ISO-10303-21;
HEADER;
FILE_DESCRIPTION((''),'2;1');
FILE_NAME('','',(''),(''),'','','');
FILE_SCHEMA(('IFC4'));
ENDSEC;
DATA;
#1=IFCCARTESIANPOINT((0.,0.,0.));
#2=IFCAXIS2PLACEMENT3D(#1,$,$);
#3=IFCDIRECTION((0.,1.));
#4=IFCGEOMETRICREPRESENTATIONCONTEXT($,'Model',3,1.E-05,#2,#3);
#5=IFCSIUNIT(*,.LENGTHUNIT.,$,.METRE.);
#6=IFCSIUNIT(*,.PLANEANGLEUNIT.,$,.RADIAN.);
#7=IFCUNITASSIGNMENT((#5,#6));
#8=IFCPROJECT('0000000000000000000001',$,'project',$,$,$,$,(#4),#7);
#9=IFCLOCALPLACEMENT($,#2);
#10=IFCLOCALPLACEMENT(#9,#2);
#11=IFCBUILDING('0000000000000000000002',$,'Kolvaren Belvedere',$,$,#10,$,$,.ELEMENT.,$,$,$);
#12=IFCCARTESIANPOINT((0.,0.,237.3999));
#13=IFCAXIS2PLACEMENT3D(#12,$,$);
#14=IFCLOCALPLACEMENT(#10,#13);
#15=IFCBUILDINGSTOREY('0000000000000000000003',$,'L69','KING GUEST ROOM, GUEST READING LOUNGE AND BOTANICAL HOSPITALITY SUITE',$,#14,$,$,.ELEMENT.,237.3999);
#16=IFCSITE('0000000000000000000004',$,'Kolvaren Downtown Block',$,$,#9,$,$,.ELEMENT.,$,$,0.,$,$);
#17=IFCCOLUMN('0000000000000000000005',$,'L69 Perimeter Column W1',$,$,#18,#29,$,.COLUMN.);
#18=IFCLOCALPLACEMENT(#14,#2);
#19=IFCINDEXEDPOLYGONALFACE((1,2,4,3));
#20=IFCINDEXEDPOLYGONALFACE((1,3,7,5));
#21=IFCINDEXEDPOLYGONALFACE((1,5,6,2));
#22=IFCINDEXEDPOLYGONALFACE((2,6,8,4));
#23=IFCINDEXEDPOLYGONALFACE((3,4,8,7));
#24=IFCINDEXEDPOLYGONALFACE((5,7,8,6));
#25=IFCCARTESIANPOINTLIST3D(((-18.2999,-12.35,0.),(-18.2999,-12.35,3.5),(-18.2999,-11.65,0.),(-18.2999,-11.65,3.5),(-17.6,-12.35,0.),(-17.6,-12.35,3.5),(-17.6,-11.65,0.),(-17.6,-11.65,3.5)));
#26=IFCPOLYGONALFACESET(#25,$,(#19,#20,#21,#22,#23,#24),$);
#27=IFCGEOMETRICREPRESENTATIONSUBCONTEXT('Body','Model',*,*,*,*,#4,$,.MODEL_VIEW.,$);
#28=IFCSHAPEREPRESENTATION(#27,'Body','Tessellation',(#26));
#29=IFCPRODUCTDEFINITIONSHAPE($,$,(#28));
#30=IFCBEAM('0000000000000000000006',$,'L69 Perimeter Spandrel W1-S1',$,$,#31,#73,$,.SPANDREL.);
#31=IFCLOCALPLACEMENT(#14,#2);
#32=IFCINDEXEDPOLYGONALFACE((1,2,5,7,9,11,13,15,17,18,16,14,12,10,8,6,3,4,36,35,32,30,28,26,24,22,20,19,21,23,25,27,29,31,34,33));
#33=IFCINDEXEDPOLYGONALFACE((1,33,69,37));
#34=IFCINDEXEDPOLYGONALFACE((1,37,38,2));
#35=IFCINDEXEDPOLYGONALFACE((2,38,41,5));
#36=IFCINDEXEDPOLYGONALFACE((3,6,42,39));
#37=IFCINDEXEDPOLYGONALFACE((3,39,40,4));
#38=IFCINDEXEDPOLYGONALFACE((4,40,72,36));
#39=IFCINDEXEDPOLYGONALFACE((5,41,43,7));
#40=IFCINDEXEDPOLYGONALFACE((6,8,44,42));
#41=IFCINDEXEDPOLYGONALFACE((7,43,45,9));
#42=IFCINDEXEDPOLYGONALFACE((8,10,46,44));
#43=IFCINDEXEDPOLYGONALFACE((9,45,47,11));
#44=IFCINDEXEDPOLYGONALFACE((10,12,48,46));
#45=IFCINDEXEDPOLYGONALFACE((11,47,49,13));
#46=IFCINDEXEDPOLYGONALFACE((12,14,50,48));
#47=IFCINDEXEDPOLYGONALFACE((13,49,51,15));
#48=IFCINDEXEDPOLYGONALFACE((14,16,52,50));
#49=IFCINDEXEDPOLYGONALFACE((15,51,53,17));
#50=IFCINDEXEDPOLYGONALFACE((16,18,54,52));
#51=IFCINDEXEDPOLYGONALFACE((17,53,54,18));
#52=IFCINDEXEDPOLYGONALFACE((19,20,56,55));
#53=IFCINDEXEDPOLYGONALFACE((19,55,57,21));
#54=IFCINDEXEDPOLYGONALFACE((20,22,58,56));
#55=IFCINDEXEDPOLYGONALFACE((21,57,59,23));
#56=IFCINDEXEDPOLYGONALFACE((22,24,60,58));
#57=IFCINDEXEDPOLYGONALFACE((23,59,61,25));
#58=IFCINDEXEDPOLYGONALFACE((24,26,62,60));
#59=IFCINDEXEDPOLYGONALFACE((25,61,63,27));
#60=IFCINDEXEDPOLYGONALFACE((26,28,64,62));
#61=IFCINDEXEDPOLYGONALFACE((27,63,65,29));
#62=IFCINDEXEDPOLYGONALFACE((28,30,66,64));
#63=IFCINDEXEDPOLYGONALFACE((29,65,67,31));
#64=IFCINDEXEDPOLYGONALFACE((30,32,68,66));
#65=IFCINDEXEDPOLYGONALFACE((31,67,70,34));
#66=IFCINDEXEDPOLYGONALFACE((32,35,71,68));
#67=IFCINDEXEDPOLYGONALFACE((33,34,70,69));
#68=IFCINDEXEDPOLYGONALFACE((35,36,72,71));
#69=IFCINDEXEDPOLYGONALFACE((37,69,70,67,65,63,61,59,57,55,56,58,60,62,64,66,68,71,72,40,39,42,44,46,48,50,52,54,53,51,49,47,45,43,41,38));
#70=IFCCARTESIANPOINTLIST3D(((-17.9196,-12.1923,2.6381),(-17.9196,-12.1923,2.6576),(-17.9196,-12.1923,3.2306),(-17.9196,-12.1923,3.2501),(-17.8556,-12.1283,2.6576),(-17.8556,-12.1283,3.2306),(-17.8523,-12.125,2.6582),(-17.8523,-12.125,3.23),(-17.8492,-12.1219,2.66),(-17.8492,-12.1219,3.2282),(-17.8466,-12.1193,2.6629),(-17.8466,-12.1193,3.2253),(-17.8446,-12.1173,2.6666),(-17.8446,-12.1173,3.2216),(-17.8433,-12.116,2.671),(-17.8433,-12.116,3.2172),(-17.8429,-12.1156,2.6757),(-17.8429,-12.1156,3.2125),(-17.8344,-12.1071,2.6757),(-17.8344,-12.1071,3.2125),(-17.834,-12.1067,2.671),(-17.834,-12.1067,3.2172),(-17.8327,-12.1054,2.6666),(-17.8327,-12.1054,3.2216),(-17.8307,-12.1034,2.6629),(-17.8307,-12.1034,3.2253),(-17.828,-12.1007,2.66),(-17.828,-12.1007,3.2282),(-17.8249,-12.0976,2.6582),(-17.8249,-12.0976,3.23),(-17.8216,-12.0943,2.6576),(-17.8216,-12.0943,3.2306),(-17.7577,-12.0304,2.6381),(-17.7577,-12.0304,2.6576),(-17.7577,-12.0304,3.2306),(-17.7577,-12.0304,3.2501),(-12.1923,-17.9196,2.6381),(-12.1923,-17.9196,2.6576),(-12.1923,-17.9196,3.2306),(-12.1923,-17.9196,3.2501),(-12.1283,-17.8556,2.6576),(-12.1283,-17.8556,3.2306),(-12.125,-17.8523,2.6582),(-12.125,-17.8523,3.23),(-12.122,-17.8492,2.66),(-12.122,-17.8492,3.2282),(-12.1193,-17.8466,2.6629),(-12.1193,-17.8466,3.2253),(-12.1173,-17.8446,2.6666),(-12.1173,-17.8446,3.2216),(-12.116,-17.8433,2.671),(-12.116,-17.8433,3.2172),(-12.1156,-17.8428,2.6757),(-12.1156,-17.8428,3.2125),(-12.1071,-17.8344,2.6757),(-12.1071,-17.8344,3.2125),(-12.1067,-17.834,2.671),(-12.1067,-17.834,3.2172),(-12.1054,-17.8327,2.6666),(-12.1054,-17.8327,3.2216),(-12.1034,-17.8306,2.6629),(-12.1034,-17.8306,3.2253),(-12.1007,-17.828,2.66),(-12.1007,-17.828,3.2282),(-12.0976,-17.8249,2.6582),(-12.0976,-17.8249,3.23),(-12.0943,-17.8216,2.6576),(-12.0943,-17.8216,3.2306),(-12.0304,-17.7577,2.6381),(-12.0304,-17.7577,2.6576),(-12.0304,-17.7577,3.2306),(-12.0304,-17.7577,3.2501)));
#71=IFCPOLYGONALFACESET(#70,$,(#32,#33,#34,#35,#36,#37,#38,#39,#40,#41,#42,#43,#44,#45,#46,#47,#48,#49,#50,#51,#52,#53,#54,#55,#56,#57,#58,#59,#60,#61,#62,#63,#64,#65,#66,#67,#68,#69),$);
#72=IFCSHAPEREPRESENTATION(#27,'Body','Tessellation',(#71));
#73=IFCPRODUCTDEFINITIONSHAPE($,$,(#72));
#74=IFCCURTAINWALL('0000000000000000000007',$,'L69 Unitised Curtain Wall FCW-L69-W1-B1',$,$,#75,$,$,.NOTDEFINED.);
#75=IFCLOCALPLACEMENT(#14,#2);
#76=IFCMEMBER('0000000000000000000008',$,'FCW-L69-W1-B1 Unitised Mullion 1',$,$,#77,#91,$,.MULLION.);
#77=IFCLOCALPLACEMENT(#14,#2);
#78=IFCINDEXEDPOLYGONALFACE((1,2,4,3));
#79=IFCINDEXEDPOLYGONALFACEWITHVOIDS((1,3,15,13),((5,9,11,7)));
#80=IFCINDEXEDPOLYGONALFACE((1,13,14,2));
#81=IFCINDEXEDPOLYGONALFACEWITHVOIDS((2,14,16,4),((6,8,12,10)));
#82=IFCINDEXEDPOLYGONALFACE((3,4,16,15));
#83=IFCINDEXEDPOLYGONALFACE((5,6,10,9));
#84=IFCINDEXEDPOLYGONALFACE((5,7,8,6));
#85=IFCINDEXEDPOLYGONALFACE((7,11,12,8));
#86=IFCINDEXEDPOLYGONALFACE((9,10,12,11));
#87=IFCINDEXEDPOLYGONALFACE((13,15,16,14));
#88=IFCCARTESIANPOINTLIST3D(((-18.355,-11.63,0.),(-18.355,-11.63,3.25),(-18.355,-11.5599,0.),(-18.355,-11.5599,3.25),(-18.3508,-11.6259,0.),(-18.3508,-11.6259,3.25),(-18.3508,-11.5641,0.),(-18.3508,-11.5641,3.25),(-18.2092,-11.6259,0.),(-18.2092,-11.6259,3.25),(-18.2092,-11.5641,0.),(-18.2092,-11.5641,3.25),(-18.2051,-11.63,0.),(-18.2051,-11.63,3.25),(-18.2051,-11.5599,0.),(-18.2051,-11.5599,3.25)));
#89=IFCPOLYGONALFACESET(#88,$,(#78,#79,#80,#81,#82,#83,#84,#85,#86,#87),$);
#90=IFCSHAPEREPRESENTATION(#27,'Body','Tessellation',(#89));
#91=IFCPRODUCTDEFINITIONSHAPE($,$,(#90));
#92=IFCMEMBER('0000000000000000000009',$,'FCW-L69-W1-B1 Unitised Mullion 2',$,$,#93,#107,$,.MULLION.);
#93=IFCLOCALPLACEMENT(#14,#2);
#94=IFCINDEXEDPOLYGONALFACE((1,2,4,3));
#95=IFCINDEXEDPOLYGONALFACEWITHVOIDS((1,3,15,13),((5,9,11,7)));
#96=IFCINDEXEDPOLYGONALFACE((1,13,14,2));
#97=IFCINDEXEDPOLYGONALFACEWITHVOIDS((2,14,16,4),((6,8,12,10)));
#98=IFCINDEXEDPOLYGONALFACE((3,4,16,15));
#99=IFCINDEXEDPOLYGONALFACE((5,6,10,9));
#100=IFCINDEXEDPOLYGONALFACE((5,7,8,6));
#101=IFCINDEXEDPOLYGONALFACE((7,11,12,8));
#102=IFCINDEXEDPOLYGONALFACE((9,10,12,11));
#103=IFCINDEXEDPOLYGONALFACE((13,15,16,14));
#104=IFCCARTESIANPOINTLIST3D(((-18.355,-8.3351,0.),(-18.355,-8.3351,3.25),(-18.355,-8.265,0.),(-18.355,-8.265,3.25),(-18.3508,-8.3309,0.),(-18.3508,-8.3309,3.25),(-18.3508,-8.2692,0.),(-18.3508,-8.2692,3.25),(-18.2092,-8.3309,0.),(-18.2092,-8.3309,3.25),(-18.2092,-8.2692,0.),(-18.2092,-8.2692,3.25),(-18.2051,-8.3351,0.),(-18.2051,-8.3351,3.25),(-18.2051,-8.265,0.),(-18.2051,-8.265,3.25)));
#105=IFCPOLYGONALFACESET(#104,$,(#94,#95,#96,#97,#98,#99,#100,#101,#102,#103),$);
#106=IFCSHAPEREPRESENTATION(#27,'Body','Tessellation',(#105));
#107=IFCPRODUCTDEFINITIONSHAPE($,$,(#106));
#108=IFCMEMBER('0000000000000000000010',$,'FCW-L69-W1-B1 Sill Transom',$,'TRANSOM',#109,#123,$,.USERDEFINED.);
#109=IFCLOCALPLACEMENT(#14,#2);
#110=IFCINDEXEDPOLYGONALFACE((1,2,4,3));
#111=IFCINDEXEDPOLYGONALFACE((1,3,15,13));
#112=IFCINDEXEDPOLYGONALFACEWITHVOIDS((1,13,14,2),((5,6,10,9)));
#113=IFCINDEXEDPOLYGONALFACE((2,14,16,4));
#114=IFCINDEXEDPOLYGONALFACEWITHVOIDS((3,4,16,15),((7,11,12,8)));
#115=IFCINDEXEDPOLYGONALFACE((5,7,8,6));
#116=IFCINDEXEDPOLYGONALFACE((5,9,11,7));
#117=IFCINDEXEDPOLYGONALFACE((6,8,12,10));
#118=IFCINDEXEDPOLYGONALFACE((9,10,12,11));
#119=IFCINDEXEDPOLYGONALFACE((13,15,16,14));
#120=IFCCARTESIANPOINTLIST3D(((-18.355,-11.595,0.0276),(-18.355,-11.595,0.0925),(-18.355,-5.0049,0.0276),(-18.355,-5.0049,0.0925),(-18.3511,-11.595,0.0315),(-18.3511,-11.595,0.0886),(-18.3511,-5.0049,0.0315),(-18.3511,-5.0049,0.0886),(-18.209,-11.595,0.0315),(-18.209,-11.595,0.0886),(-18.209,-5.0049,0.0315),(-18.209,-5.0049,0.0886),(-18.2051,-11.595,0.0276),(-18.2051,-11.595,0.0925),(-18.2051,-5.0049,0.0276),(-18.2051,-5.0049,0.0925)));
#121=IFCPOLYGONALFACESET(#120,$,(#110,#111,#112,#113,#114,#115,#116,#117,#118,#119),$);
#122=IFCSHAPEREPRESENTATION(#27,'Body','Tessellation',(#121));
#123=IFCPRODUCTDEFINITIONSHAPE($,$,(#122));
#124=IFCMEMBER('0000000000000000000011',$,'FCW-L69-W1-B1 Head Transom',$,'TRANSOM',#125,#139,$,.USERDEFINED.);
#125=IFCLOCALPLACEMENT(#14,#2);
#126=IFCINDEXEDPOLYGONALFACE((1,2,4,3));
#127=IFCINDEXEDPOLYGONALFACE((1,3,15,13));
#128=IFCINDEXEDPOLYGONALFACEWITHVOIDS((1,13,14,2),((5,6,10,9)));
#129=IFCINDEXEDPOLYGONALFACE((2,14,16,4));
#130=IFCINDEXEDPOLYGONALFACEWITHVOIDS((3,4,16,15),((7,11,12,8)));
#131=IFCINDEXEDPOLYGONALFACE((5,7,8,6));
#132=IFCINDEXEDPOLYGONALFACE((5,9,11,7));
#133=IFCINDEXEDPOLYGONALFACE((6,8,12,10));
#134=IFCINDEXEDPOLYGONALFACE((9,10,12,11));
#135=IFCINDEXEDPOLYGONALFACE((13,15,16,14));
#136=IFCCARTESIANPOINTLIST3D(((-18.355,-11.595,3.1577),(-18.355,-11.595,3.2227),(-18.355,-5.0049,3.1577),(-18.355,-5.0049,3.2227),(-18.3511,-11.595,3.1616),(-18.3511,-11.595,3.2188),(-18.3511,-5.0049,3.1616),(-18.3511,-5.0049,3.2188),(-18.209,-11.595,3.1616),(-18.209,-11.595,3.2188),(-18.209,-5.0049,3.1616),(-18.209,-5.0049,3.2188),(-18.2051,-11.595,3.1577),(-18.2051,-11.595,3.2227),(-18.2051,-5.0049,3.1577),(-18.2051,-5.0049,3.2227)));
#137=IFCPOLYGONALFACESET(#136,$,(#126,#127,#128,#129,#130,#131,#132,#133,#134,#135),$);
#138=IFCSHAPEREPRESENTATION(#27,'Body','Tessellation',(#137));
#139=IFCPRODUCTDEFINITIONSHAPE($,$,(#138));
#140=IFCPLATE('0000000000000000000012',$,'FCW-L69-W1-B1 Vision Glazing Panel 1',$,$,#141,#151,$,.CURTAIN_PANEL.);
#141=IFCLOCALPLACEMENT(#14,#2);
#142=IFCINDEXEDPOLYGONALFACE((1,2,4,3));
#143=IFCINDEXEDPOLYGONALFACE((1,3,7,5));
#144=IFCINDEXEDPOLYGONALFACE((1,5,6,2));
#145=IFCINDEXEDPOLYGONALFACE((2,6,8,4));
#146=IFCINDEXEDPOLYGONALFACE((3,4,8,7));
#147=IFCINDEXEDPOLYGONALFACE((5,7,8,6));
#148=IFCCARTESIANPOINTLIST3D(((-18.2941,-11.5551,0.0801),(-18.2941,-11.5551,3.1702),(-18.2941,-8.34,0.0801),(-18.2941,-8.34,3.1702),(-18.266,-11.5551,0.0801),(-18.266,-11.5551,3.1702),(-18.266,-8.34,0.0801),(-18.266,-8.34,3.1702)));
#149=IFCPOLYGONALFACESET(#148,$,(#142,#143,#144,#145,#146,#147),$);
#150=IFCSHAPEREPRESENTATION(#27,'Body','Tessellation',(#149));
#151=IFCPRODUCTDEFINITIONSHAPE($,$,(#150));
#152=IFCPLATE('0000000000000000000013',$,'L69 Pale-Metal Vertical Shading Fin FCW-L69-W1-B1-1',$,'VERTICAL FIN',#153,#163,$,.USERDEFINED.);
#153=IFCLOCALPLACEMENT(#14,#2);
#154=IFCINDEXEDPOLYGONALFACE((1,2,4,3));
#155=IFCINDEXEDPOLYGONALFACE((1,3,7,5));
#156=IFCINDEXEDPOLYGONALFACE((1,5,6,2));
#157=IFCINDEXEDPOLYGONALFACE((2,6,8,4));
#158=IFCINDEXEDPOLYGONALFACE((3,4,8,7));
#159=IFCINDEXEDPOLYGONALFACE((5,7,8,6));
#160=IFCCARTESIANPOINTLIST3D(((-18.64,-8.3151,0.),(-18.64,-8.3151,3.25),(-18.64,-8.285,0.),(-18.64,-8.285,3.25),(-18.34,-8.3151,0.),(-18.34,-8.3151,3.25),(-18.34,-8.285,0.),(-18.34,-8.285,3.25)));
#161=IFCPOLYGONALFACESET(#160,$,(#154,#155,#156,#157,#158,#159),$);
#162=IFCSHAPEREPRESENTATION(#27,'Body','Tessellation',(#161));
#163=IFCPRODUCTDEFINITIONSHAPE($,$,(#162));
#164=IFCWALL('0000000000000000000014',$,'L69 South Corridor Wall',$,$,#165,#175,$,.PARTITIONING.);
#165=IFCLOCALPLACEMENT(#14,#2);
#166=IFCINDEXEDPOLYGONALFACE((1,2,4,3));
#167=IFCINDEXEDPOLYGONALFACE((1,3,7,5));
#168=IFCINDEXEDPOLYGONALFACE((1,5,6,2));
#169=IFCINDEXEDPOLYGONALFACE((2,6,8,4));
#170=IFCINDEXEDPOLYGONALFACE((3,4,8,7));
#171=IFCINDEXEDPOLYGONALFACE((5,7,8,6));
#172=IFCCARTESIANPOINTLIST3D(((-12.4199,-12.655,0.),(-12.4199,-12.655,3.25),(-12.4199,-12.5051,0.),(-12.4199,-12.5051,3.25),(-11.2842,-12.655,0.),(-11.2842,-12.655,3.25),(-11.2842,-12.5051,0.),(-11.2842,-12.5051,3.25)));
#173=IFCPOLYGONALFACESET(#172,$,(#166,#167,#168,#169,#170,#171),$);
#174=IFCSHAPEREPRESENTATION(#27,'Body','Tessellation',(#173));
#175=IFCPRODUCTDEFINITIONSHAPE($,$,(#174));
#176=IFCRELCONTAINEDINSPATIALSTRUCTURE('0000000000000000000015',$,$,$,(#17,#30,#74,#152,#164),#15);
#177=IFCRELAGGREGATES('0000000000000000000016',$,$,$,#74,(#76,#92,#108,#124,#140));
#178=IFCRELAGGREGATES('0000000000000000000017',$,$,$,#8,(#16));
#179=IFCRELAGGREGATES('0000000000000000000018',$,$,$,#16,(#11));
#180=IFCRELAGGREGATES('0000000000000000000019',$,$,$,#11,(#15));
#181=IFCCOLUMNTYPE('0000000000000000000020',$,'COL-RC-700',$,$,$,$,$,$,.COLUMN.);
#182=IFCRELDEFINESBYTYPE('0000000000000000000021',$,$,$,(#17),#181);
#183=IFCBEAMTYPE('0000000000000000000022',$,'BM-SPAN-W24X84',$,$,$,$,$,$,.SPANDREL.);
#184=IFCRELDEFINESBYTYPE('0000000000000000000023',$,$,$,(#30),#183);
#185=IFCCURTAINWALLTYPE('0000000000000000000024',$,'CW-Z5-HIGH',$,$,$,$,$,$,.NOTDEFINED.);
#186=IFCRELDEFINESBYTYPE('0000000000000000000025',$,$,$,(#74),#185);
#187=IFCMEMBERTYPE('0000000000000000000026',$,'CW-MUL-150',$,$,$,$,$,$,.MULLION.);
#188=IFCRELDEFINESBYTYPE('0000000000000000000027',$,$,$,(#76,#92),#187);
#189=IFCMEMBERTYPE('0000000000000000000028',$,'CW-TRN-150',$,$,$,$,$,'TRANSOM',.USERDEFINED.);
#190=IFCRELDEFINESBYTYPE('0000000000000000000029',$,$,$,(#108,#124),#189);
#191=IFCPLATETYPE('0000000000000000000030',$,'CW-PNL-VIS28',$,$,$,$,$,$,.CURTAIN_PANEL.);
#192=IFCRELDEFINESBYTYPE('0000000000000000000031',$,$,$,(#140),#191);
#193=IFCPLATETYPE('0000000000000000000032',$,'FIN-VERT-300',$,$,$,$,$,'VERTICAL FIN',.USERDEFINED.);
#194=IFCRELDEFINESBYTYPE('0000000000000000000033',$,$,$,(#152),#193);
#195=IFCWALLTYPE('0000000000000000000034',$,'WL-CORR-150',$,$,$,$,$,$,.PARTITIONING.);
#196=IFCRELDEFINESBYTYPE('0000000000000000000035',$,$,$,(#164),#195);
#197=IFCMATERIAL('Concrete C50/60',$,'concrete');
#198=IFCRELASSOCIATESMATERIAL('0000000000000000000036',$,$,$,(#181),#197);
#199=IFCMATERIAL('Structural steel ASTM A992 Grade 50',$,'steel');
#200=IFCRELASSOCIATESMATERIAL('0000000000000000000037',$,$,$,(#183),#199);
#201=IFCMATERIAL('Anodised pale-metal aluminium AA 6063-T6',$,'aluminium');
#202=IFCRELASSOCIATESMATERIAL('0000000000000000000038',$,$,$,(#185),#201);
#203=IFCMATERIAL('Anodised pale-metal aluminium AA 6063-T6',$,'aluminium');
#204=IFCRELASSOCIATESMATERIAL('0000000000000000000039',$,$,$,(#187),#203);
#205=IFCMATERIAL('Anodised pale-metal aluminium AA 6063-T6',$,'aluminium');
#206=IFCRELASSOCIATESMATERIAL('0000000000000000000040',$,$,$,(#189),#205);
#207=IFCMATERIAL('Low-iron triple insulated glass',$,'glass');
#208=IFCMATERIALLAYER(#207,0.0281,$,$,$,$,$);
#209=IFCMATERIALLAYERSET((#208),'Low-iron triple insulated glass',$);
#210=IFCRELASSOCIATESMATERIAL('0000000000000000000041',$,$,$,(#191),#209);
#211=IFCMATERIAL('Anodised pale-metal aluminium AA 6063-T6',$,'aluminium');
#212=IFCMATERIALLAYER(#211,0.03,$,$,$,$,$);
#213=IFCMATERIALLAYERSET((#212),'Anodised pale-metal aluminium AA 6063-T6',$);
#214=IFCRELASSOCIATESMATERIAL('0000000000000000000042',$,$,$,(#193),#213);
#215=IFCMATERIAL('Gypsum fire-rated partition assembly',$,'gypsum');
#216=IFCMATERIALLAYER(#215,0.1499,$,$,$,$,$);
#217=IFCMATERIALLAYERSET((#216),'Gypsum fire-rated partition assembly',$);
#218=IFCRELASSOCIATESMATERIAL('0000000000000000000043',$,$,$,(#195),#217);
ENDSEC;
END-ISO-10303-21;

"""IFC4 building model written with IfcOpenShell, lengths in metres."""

from ifc_helpers import new_model, si_unit, direction, frame, frame_2d, origin, origin_2d, place, context, subcontext, project, spatial, rectangle, hollow_rectangle, i_section, extrude, material, layer, layer_set, material_profile, profile_set, type_object, element, aggregate, save


model = new_model("IFC4")

# Units and contexts
model_context = context("Model", 3, precision=1e-05, world=origin(), true_north=direction((0.0, 1.0)))
body_context = subcontext(model_context, "Body", "Model", "MODEL_VIEW")
ifc_project = project(units=[si_unit("LENGTHUNIT", "METRE"), si_unit("PLANEANGLEUNIT", "RADIAN")], contexts=[model_context])

# Site, building, storey
site_placement = place(None, origin())
site = spatial("IfcSite", under=ifc_project, at=site_placement, Name="Kolvaren Downtown Block", CompositionType="ELEMENT", RefElevation=0.0)
building_placement = place(site_placement, origin())
building = spatial("IfcBuilding", under=site, at=building_placement, Name="Kolvaren Belvedere", CompositionType="ELEMENT")
storey_placement = place(building_placement, frame((0.0, 0.0, 237.3999)))
storey = spatial("IfcBuildingStorey", under=building, at=storey_placement, Name="L69", Description="KING GUEST ROOM, GUEST READING LOUNGE AND BOTANICAL HOSPITALITY SUITE", CompositionType="ELEMENT", Elevation=237.3999)

# Column
ifc_material_1 = material(Name="Concrete C50/60", Category="concrete")
ifc_material_profile_1 = material_profile(ifc_material_1, rectangle(XDim=0.7, YDim=0.7, at=origin_2d()), Name="RC 700X700")
ifc_profile_set_1 = profile_set([ifc_material_profile_1], Name="Concrete C50/60")
column_type = type_object("IfcColumnType", Name="COL-RC-700", PredefinedType="COLUMN", material=ifc_profile_set_1)
column_placement = place(storey_placement, frame((-17.95, -12.0, 0.0), z_axis=(0.0, 0.0, 1.0), x_axis=(1.0, 0.0, 0.0)))
element("IfcColumn", 1, at=column_placement, inside=storey, type_object=column_type, Name="L69 Perimeter Column W1", PredefinedType="COLUMN", context=body_context, shape_type="SweptSolid", body=[
    extrude(rectangle(XDim=0.7, YDim=0.7, at=origin_2d()), origin(), (0.0, 0.0, 1.0), 3.5),
])

# Beam
ifc_material_2 = material(Name="Structural steel ASTM A992 Grade 50", Category="steel")
ifc_material_profile_2 = material_profile(ifc_material_2, i_section(OverallWidth=0.229, OverallDepth=0.6121, WebThickness=0.012, FlangeThickness=0.0195, FilletRadius=0.0181, at=origin_2d()), Name="W24X84")
ifc_profile_set_2 = profile_set([ifc_material_profile_2], Name="Structural steel ASTM A992 Grade 50")
beam_type = type_object("IfcBeamType", Name="BM-SPAN-W24X84", PredefinedType="SPANDREL", material=ifc_profile_set_2)
beam_placement = place(storey_placement, frame((-17.8386, -12.1113, 2.9441), z_axis=(0.707107, -0.707107, 0.0), x_axis=(0.707107, 0.707107, 0.0)))
element("IfcBeam", 2, at=beam_placement, inside=storey, type_object=beam_type, Name="L69 Perimeter Spandrel W1-S1", PredefinedType="SPANDREL", context=body_context, shape_type="SweptSolid", body=[
    extrude(i_section(OverallWidth=0.229, OverallDepth=0.6121, WebThickness=0.012, FlangeThickness=0.0195, FilletRadius=0.0181, at=origin_2d()), origin(), (0.0, 0.0, 1.0), 8.0996),
])

# Curtain wall, members, plate
ifc_material_3 = material(Name="Anodised pale-metal aluminium AA 6063-T6", Category="aluminium")
curtain_wall_type = type_object("IfcCurtainWallType", Name="CW-Z5-HIGH", PredefinedType="NOTDEFINED", material=ifc_material_3)
curtain_wall_placement = place(storey_placement, origin())
curtain_wall = element("IfcCurtainWall", 3, at=curtain_wall_placement, inside=storey, type_object=curtain_wall_type, Name="L69 Unitised Curtain Wall FCW-L69-W1-B1", PredefinedType="NOTDEFINED")
ifc_material_4 = material(Name="Anodised pale-metal aluminium AA 6063-T6", Category="aluminium")
ifc_material_profile_3 = material_profile(ifc_material_4, hollow_rectangle(XDim=0.0701, YDim=0.1499, WallThickness=0.0042, at=origin_2d()), Name="ALU-MUL-150X70")
ifc_profile_set_3 = profile_set([ifc_material_profile_3], Name="Anodised pale-metal aluminium AA 6063-T6")
member_type_1 = type_object("IfcMemberType", Name="CW-MUL-150", PredefinedType="MULLION", material=ifc_profile_set_3)
member_1_placement = place(storey_placement, frame((-18.28, -11.595, 0.0), z_axis=(0.0, 0.0, 1.0), x_axis=(0.0, 1.0, 0.0)))
member_1 = element("IfcMember", 4, at=member_1_placement, type_object=member_type_1, Name="FCW-L69-W1-B1 Unitised Mullion 1", PredefinedType="MULLION", context=body_context, shape_type="SweptSolid", body=[
    extrude(hollow_rectangle(XDim=0.0701, YDim=0.1499, WallThickness=0.0042, at=origin_2d()), origin(), (0.0, 0.0, 1.0), 3.25),
])
member_2_placement = place(storey_placement, frame((-18.28, -8.3, 0.0), z_axis=(0.0, 0.0, 1.0), x_axis=(0.0, 1.0, 0.0)))
member_2 = element("IfcMember", 5, at=member_2_placement, type_object=member_type_1, Name="FCW-L69-W1-B1 Unitised Mullion 2", PredefinedType="MULLION", context=body_context, shape_type="SweptSolid", body=[
    extrude(hollow_rectangle(XDim=0.0701, YDim=0.1499, WallThickness=0.0042, at=origin_2d()), origin(), (0.0, 0.0, 1.0), 3.25),
])
ifc_material_5 = material(Name="Anodised pale-metal aluminium AA 6063-T6", Category="aluminium")
ifc_material_profile_4 = material_profile(ifc_material_5, hollow_rectangle(XDim=0.0649, YDim=0.1499, WallThickness=0.0039, at=origin_2d()), Name="ALU-TRN-150X65")
ifc_profile_set_4 = profile_set([ifc_material_profile_4], Name="Anodised pale-metal aluminium AA 6063-T6")
member_type_2 = type_object("IfcMemberType", Name="CW-TRN-150", ElementType="TRANSOM", PredefinedType="USERDEFINED", material=ifc_profile_set_4)
member_3_placement = place(storey_placement, frame((-18.28, -11.595, 0.0601), z_axis=(0.0, 1.0, 0.0), x_axis=(0.0, 0.0, 1.0)))
member_3 = element("IfcMember", 6, at=member_3_placement, type_object=member_type_2, Name="FCW-L69-W1-B1 Sill Transom", ObjectType="TRANSOM", PredefinedType="USERDEFINED", context=body_context, shape_type="SweptSolid", body=[
    extrude(hollow_rectangle(XDim=0.0649, YDim=0.1499, WallThickness=0.0039, at=origin_2d()), origin(), (0.0, 0.0, 1.0), 6.5901),
])
member_4_placement = place(storey_placement, frame((-18.28, -11.595, 3.1902), z_axis=(0.0, 1.0, 0.0), x_axis=(0.0, 0.0, 1.0)))
member_4 = element("IfcMember", 7, at=member_4_placement, type_object=member_type_2, Name="FCW-L69-W1-B1 Head Transom", ObjectType="TRANSOM", PredefinedType="USERDEFINED", context=body_context, shape_type="SweptSolid", body=[
    extrude(hollow_rectangle(XDim=0.0649, YDim=0.1499, WallThickness=0.0039, at=origin_2d()), origin(), (0.0, 0.0, 1.0), 6.5901),
])
ifc_material_6 = material(Name="Low-iron triple insulated glass", Category="glass")
ifc_layer_1 = layer(ifc_material_6, 0.0281)
ifc_layer_set_1 = layer_set([ifc_layer_1], Name="Low-iron triple insulated glass")
plate_type_1 = type_object("IfcPlateType", Name="CW-PNL-VIS28", PredefinedType="CURTAIN_PANEL", material=ifc_layer_set_1)
plate_1_placement = place(storey_placement, frame((-18.28, -9.9475, 0.0801), z_axis=(0.0, 0.0, 1.0), x_axis=(0.0, 1.0, 0.0)))
plate_1 = element("IfcPlate", 8, at=plate_1_placement, type_object=plate_type_1, Name="FCW-L69-W1-B1 Vision Glazing Panel 1", PredefinedType="CURTAIN_PANEL", context=body_context, shape_type="SweptSolid", body=[
    extrude(rectangle(XDim=3.2151, YDim=0.0281, at=origin_2d()), origin(), (0.0, 0.0, 1.0), 3.0901),
])
aggregate(curtain_wall, [member_1, member_2, member_3, member_4, plate_1])

# Plate
ifc_material_7 = material(Name="Anodised pale-metal aluminium AA 6063-T6", Category="aluminium")
ifc_layer_2 = layer(ifc_material_7, 0.03)
ifc_layer_set_2 = layer_set([ifc_layer_2], Name="Anodised pale-metal aluminium AA 6063-T6")
plate_type_2 = type_object("IfcPlateType", Name="FIN-VERT-300", ElementType="VERTICAL FIN", PredefinedType="USERDEFINED", material=ifc_layer_set_2)
plate_2_placement = place(storey_placement, frame((-18.49, -8.3, 0.0), z_axis=(0.0, 0.0, 1.0), x_axis=(1.0, 0.0, 0.0)))
element("IfcPlate", 9, at=plate_2_placement, inside=storey, type_object=plate_type_2, Name="L69 Pale-Metal Vertical Shading Fin FCW-L69-W1-B1-1", ObjectType="VERTICAL FIN", PredefinedType="USERDEFINED", context=body_context, shape_type="SweptSolid", body=[
    extrude(rectangle(XDim=0.3, YDim=0.03, at=origin_2d()), origin(), (0.0, 0.0, 1.0), 3.25),
])

# Wall
ifc_material_8 = material(Name="Gypsum fire-rated partition assembly", Category="gypsum")
ifc_layer_3 = layer(ifc_material_8, 0.1499)
ifc_layer_set_3 = layer_set([ifc_layer_3], Name="Gypsum fire-rated partition assembly")
wall_type_1 = type_object("IfcWallType", Name="WL-CORR-150", PredefinedType="PARTITIONING", material=ifc_layer_set_3)
wall_1_placement = place(storey_placement, frame((-12.4199, -12.5801, 0.0), z_axis=(0.0, 0.0, 1.0), x_axis=(1.0, 0.0, 0.0)))
element("IfcWall", 10, at=wall_1_placement, inside=storey, type_object=wall_type_1, Name="L69 South Corridor Wall", PredefinedType="PARTITIONING", context=body_context, shape_type="SweptSolid", body=[
    extrude(rectangle(XDim=1.1357, YDim=0.1499, at=frame_2d((0.5679, 0.0))), origin(), (0.0, 0.0, 1.0), 3.25),
])

save(model, "model.ifc")
